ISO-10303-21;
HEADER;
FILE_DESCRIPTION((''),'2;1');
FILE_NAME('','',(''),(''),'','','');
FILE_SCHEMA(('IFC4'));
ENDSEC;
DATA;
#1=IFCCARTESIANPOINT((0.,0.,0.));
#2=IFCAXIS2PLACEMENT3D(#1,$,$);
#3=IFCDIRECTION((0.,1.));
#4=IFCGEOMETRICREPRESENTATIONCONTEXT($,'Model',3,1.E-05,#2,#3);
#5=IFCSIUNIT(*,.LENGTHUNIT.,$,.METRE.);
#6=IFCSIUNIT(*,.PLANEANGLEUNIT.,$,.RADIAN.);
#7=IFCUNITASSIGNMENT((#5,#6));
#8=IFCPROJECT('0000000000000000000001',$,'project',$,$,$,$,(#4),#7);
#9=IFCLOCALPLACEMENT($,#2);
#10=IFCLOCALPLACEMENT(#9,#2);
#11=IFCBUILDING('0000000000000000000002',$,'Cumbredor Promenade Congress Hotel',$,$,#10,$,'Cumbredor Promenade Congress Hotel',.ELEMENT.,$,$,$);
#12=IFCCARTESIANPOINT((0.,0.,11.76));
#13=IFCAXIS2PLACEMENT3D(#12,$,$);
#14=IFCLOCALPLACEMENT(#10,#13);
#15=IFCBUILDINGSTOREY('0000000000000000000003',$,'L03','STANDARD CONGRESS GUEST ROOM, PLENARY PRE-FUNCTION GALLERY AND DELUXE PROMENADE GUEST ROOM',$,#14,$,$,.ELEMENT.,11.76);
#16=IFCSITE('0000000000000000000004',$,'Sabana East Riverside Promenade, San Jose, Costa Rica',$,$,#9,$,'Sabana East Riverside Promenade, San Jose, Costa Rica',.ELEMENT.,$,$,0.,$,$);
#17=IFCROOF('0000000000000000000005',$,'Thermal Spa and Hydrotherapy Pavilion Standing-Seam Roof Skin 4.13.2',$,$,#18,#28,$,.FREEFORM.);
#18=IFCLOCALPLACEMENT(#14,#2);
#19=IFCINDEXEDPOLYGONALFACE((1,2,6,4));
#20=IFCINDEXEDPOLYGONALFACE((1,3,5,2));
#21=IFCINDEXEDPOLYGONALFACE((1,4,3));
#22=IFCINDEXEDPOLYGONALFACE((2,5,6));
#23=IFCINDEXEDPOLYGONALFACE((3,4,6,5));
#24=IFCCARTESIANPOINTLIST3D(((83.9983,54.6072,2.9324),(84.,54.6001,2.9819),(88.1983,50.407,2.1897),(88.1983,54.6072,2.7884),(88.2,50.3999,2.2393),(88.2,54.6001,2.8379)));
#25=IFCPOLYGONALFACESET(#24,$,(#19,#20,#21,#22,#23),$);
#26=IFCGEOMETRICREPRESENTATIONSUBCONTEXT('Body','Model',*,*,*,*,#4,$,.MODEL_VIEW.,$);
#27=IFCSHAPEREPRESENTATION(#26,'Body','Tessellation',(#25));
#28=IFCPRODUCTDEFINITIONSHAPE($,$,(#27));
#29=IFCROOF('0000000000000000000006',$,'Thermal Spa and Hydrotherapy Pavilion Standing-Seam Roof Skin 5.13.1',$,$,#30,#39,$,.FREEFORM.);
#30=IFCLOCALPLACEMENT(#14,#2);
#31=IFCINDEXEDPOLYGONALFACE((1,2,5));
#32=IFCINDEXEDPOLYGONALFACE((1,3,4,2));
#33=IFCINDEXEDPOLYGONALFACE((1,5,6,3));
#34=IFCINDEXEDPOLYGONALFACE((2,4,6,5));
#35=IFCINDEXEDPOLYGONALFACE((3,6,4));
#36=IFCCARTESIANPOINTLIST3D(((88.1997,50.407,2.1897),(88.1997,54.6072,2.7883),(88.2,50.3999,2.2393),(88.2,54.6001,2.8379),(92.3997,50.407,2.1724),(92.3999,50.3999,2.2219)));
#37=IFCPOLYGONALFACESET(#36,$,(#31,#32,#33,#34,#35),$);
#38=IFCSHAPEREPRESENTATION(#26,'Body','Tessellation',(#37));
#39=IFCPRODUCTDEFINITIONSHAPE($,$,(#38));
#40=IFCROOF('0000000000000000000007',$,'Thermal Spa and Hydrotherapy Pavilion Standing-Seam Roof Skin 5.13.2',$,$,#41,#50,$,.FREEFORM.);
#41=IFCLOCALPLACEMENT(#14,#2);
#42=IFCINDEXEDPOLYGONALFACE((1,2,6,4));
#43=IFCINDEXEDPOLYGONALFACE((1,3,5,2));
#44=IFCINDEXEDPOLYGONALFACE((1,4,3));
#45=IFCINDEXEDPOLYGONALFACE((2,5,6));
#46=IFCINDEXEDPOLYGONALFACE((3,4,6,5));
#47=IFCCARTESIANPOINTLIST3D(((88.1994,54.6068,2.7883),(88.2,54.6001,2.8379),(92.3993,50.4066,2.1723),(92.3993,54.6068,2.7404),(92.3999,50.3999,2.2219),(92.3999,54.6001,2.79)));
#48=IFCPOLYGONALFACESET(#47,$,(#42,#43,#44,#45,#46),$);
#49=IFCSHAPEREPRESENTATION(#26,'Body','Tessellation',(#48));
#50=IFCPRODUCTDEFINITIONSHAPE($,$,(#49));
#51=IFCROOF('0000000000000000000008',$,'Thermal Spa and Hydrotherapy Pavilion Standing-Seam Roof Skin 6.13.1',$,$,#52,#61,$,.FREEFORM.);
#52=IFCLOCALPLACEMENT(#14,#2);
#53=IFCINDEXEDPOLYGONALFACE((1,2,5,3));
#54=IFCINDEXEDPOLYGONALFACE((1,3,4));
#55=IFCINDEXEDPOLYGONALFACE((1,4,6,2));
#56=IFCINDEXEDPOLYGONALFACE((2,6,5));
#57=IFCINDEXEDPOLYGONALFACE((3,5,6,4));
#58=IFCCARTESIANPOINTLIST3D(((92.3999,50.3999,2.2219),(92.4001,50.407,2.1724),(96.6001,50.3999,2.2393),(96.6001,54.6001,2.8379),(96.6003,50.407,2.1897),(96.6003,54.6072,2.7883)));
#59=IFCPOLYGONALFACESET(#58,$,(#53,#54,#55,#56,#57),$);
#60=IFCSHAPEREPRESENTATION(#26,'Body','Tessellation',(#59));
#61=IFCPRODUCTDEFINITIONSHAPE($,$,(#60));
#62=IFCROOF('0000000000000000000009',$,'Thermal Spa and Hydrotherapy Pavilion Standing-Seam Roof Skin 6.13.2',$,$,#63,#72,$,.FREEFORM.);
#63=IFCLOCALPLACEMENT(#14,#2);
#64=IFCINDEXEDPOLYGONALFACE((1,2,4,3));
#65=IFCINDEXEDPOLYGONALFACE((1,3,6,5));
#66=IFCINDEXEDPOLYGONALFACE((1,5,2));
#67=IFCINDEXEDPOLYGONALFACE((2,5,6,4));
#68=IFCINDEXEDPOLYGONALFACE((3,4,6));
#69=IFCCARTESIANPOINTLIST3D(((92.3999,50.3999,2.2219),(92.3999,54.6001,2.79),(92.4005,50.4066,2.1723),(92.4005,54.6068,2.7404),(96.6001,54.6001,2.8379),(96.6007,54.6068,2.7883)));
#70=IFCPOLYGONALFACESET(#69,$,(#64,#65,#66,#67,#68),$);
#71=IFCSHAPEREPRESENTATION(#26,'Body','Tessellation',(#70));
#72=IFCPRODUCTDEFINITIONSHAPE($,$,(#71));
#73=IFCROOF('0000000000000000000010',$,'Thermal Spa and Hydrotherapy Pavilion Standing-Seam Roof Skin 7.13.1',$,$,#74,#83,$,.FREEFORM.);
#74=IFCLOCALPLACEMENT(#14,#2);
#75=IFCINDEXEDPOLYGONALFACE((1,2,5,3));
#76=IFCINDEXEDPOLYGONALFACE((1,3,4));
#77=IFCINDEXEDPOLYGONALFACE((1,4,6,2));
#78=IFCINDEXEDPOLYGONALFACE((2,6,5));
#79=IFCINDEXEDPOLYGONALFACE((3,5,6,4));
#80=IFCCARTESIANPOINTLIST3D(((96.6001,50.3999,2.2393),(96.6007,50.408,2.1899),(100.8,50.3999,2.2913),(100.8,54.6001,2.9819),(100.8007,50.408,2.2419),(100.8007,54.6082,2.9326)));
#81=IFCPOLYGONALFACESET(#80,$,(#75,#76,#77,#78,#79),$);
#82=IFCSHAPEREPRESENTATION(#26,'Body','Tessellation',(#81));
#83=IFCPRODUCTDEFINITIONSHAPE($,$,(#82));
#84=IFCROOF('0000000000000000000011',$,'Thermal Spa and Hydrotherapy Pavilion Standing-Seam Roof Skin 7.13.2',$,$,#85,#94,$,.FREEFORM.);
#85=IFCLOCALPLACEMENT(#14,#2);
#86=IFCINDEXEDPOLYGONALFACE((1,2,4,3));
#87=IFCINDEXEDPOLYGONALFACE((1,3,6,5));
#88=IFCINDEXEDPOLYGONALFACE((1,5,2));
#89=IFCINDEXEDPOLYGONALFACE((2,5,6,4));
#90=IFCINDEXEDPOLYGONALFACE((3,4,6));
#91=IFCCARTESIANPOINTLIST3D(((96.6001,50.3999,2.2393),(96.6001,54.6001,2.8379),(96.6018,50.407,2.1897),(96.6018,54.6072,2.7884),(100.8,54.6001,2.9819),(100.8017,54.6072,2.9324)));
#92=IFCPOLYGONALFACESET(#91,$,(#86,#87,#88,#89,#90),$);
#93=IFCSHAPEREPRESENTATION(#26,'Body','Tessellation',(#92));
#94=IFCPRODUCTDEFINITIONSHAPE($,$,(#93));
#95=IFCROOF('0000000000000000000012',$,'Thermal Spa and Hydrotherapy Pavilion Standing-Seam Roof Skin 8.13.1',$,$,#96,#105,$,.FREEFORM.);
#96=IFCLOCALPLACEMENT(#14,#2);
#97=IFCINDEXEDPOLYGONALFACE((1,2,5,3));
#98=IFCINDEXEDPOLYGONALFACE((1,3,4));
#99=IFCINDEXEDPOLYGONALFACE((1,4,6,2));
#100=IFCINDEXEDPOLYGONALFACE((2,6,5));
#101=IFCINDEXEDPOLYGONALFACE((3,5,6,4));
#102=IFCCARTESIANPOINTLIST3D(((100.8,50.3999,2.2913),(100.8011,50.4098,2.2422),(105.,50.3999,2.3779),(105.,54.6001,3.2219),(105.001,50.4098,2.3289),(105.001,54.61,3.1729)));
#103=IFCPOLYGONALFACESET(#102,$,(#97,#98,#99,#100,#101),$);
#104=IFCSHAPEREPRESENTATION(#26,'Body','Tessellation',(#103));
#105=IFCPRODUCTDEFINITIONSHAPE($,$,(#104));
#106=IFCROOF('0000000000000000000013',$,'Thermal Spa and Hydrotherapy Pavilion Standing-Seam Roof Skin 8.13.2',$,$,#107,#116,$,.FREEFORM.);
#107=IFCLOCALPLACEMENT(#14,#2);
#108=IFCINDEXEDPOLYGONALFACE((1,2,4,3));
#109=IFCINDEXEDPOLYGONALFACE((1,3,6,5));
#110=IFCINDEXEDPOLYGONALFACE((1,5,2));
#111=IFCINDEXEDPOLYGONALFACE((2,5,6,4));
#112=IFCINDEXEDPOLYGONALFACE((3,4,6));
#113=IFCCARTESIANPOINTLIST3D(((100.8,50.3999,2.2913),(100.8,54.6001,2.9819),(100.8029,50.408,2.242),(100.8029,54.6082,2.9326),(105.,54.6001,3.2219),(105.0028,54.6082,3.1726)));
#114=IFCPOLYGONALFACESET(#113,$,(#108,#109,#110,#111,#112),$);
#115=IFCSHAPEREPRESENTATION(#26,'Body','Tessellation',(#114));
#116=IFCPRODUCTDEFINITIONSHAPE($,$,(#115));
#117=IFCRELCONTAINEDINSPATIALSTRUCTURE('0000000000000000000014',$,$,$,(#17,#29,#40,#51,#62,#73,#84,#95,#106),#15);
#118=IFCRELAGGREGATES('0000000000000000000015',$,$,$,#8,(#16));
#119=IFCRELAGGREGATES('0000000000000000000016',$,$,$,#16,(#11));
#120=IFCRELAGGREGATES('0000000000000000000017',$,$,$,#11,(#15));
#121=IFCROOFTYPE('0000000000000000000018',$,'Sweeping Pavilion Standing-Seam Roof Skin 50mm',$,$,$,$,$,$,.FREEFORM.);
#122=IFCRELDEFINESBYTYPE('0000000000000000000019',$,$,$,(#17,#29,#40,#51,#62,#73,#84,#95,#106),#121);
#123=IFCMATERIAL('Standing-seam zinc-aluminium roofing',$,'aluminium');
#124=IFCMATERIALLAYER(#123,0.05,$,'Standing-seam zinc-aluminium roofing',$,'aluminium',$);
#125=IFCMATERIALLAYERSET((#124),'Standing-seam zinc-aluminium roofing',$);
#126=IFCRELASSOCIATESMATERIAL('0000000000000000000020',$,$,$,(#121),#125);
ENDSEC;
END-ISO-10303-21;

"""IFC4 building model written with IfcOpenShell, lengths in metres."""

from ifc_helpers import new_model, si_unit, direction, frame, origin, place, context, subcontext, project, spatial, polyline, outline, extrude, material, layer, layer_set, type_object, element, save


model = new_model("IFC4")

# Units and contexts
model_context = context("Model", 3, precision=1e-05, world=origin(), true_north=direction((0.0, 1.0)))
body_context = subcontext(model_context, "Body", "Model", "MODEL_VIEW")
ifc_project = project(units=[si_unit("LENGTHUNIT", "METRE"), si_unit("PLANEANGLEUNIT", "RADIAN")], contexts=[model_context])

# Site, building, storey
site_placement = place(None, origin())
site = spatial("IfcSite", under=ifc_project, at=site_placement, Name="Sabana East Riverside Promenade, San Jose, Costa Rica", LongName="Sabana East Riverside Promenade, San Jose, Costa Rica", CompositionType="ELEMENT", RefElevation=0.0)
building_placement = place(site_placement, origin())
building = spatial("IfcBuilding", under=site, at=building_placement, Name="Cumbredor Promenade Congress Hotel", LongName="Cumbredor Promenade Congress Hotel", CompositionType="ELEMENT")
storey_placement = place(building_placement, frame((0.0, 0.0, 11.76)))
storey = spatial("IfcBuildingStorey", under=building, at=storey_placement, Name="L03", Description="STANDARD CONGRESS GUEST ROOM, PLENARY PRE-FUNCTION GALLERY AND DELUXE PROMENADE GUEST ROOM", CompositionType="ELEMENT", Elevation=11.76)

# Roofs
ifc_material_1 = material(Name="Standing-seam zinc-aluminium roofing", Category="aluminium")
ifc_layer_1 = layer(ifc_material_1, 0.05, Name="Standing-seam zinc-aluminium roofing", Category="aluminium")
ifc_layer_set_1 = layer_set([ifc_layer_1], Name="Standing-seam zinc-aluminium roofing")
roof_type = type_object("IfcRoofType", Name="Sweeping Pavilion Standing-Seam Roof Skin 50mm", PredefinedType="FREEFORM", material=ifc_layer_set_1)
roof_1_placement = place(storey_placement, frame((88.2, 50.3999, 2.2393), z_axis=(0.033934, -0.141018, 0.989425), x_axis=(0.0, 0.989995, 0.141099)))
element("IfcRoof", 1, at=roof_1_placement, inside=storey, type_object=roof_type, Name="Thermal Spa and Hydrotherapy Pavilion Standing-Seam Roof Skin 4.13.2", PredefinedType="FREEFORM", context=body_context, shape_type="SweptSolid", body=[
    extrude(outline(polyline([(0.0, 0.0), (4.2426, 0.0), (4.263, 4.2024), (0.0, 0.0)])), origin(), (0.0, 0.0, -1.0), 0.05),
])
roof_2_placement = place(storey_placement, frame((88.2, 50.3999, 2.2393), z_axis=(0.004086, -0.141098, 0.989987), x_axis=(0.999991, 0.0, -0.004127)))
element("IfcRoof", 2, at=roof_2_placement, inside=storey, type_object=roof_type, Name="Thermal Spa and Hydrotherapy Pavilion Standing-Seam Roof Skin 5.13.1", PredefinedType="FREEFORM", context=body_context, shape_type="SweptSolid", body=[
    extrude(outline(polyline([(0.0, 0.0), (4.2, 0.0), (-0.0025, 4.2426), (0.0, 0.0)])), origin(), (0.0, 0.0, -1.0), 0.05),
])
roof_3_placement = place(storey_placement, frame((92.3999, 50.3999, 2.2219), z_axis=(0.01129, -0.13403, 0.990913), x_axis=(0.0, 0.990976, 0.134039)))
element("IfcRoof", 3, at=roof_3_placement, inside=storey, type_object=roof_type, Name="Thermal Spa and Hydrotherapy Pavilion Standing-Seam Roof Skin 5.13.2", PredefinedType="FREEFORM", context=body_context, shape_type="SweptSolid", body=[
    extrude(outline(polyline([(0.0, 0.0), (4.2384, 0.0), (4.2449, 4.2002), (0.0, 0.0)])), origin(), (0.0, 0.0, -1.0), 0.05),
])
roof_4_placement = place(storey_placement, frame((92.3999, 50.3999, 2.2219), z_axis=(-0.004086, -0.141098, 0.989987), x_axis=(0.999991, 0.0, 0.004127)))
element("IfcRoof", 4, at=roof_4_placement, inside=storey, type_object=roof_type, Name="Thermal Spa and Hydrotherapy Pavilion Standing-Seam Roof Skin 6.13.1", PredefinedType="FREEFORM", context=body_context, shape_type="SweptSolid", body=[
    extrude(outline(polyline([(0.0, 0.0), (4.2002, 0.0), (4.2027, 4.2426), (0.0, 0.0)])), origin(), (0.0, 0.0, -1.0), 0.05),
])
roof_5_placement = place(storey_placement, frame((92.3999, 50.3999, 2.2219), z_axis=(-0.011289, -0.13403, 0.990913), x_axis=(0.703335, 0.703335, 0.103145)))
element("IfcRoof", 5, at=roof_5_placement, inside=storey, type_object=roof_type, Name="Thermal Spa and Hydrotherapy Pavilion Standing-Seam Roof Skin 6.13.2", PredefinedType="FREEFORM", context=body_context, shape_type="SweptSolid", body=[
    extrude(outline(polyline([(0.0, 0.0), (5.9718, 0.0), (3.0127, 2.9812), (0.0, 0.0)])), origin(), (0.0, 0.0, -1.0), 0.05),
])
roof_6_placement = place(storey_placement, frame((96.6001, 50.3999, 2.2393), z_axis=(-0.012217, -0.162247, 0.986675), x_axis=(0.999923, 0.0, 0.012381)))
element("IfcRoof", 6, at=roof_6_placement, inside=storey, type_object=roof_type, Name="Thermal Spa and Hydrotherapy Pavilion Standing-Seam Roof Skin 7.13.1", PredefinedType="FREEFORM", context=body_context, shape_type="SweptSolid", body=[
    extrude(outline(polyline([(0.0, 0.0), (4.2003, 0.0), (4.2088, 4.2566), (0.0, 0.0)])), origin(), (0.0, 0.0, -1.0), 0.05),
])
roof_7_placement = place(storey_placement, frame((96.6001, 50.3999, 2.2393), z_axis=(-0.033934, -0.141018, 0.989425), x_axis=(0.701623, 0.701664, 0.124068)))
element("IfcRoof", 7, at=roof_7_placement, inside=storey, type_object=roof_type, Name="Thermal Spa and Hydrotherapy Pavilion Standing-Seam Roof Skin 7.13.2", PredefinedType="FREEFORM", context=body_context, shape_type="SweptSolid", body=[
    extrude(outline(polyline([(0.0, 0.0), (5.9861, 0.0), (3.0214, 2.9785), (0.0, 0.0)])), origin(), (0.0, 0.0, -1.0), 0.05),
])
roof_8_placement = place(storey_placement, frame((100.8, 50.3999, 2.2913), z_axis=(-0.020227, -0.196963, 0.980202), x_axis=(0.999787, 0.0, 0.020632)))
element("IfcRoof", 8, at=roof_8_placement, inside=storey, type_object=roof_type, Name="Thermal Spa and Hydrotherapy Pavilion Standing-Seam Roof Skin 8.13.1", PredefinedType="FREEFORM", context=body_context, shape_type="SweptSolid", body=[
    extrude(outline(polyline([(0.0, 0.0), (4.2008, 0.0), (4.2183, 4.2841), (0.0, 0.0)])), origin(), (0.0, 0.0, -1.0), 0.05),
])
roof_9_placement = place(storey_placement, frame((100.8, 50.3999, 2.2913), z_axis=(-0.056295, -0.162002, 0.985183), x_axis=(0.698564, 0.698604, 0.154794)))
element("IfcRoof", 9, at=roof_9_placement, inside=storey, type_object=roof_type, Name="Thermal Spa and Hydrotherapy Pavilion Standing-Seam Roof Skin 8.13.2", PredefinedType="FREEFORM", context=body_context, shape_type="SweptSolid", body=[
    extrude(outline(polyline([(0.0, 0.0), (6.0123, 0.0), (3.0412, 2.9782), (0.0, 0.0)])), origin(), (0.0, 0.0, -1.0), 0.05),
])

save(model, "model.ifc")
